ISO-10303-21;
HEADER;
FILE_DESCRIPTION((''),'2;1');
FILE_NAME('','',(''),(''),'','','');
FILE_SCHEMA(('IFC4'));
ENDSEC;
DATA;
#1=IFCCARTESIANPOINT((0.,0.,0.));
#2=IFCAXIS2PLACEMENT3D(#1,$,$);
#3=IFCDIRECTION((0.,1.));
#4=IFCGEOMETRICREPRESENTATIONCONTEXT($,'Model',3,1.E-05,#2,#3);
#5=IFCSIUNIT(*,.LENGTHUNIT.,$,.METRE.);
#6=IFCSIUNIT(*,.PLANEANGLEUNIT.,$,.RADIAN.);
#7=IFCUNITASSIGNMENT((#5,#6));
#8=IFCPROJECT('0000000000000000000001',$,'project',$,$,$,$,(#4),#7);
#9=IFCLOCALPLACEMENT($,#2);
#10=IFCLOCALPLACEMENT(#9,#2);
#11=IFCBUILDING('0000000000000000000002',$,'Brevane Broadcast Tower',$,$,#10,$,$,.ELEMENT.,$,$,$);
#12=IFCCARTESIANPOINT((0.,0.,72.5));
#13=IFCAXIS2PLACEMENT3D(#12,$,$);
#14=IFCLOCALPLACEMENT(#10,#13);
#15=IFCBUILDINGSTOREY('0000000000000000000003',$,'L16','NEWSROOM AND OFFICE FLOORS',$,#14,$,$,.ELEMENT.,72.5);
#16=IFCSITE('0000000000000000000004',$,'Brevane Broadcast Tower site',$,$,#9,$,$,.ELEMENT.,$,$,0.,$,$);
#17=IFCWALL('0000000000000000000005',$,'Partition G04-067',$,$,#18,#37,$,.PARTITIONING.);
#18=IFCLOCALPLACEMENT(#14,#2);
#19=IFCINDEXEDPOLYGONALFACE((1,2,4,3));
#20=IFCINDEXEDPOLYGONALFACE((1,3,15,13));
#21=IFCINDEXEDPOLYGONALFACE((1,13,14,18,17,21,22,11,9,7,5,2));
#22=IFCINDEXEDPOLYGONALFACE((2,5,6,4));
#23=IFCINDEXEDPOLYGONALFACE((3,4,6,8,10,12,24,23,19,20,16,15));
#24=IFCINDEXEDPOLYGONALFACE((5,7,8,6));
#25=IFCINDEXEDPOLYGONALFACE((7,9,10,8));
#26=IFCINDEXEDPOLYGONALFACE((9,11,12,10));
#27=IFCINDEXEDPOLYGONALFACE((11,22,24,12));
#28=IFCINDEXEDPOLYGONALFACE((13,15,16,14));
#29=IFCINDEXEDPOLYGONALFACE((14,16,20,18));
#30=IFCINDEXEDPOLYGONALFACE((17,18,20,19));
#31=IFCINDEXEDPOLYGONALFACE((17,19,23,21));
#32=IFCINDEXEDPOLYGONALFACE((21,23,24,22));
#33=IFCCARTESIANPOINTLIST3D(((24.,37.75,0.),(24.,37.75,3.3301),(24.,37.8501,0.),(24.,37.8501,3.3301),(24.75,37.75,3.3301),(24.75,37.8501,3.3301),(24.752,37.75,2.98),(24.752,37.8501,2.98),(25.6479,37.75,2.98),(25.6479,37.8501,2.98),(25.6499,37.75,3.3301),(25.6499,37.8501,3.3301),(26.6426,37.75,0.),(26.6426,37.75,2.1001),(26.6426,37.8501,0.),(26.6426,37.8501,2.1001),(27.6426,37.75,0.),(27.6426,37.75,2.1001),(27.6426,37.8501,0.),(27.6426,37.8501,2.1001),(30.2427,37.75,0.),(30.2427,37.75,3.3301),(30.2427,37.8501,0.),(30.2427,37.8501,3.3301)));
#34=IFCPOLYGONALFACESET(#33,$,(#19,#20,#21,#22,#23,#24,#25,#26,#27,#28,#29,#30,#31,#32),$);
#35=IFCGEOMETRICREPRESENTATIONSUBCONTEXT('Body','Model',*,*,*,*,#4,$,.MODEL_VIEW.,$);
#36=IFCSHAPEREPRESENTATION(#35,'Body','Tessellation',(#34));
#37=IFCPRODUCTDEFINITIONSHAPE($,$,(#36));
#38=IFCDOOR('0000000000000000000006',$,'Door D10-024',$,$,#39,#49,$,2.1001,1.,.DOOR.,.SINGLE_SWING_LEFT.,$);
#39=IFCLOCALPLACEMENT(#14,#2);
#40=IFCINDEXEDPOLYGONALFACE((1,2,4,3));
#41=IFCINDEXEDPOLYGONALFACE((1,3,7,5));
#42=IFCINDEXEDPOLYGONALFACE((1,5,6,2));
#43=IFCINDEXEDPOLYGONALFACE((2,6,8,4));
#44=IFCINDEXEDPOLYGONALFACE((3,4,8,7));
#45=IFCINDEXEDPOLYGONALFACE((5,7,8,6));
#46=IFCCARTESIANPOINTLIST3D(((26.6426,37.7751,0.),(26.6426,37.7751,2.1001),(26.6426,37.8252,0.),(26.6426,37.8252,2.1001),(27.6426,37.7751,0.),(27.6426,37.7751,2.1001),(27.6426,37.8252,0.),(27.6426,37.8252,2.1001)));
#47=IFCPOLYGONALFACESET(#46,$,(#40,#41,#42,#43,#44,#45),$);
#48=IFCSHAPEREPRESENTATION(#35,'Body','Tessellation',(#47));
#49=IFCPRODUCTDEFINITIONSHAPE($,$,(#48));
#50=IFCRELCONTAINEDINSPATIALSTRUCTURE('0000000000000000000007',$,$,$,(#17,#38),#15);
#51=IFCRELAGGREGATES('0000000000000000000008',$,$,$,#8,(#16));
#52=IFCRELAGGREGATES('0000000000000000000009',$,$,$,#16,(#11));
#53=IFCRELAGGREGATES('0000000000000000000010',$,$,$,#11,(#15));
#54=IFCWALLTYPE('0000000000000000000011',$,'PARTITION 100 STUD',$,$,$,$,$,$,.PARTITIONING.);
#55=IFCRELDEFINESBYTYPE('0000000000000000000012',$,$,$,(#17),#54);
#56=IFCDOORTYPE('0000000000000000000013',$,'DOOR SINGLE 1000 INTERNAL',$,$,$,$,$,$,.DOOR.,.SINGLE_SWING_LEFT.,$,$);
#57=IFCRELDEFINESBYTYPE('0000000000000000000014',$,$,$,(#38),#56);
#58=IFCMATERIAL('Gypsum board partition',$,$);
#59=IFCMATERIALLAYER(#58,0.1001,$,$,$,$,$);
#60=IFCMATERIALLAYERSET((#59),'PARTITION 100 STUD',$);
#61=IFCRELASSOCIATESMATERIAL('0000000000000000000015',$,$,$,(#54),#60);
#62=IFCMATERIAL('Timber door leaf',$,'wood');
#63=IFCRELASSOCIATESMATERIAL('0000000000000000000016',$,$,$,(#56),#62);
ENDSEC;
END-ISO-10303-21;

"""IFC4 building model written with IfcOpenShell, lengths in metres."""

from ifc_helpers import new_model, si_unit, direction, frame, frame_2d, origin, place, context, subcontext, project, spatial, polyline, rectangle, outline, extrude, material, layer, layer_set, type_object, element, fill, save


model = new_model("IFC4")

# Units and contexts
model_context = context("Model", 3, precision=1e-05, world=origin(), true_north=direction((0.0, 1.0)))
body_context = subcontext(model_context, "Body", "Model", "MODEL_VIEW")
ifc_project = project(units=[si_unit("LENGTHUNIT", "METRE"), si_unit("PLANEANGLEUNIT", "RADIAN")], contexts=[model_context])

# Site, building, storey
site_placement = place(None, origin())
site = spatial("IfcSite", under=ifc_project, at=site_placement, Name="Brevane Broadcast Tower site", CompositionType="ELEMENT", RefElevation=0.0)
building_placement = place(site_placement, origin())
building = spatial("IfcBuilding", under=site, at=building_placement, Name="Brevane Broadcast Tower", CompositionType="ELEMENT")
storey_placement = place(building_placement, frame((0.0, 0.0, 72.5)))
storey = spatial("IfcBuildingStorey", under=building, at=storey_placement, Name="L16", Description="NEWSROOM AND OFFICE FLOORS", CompositionType="ELEMENT", Elevation=72.5)

# Shared definitions
ifc_material_1 = material(Name="Gypsum board partition")
ifc_layer = layer(ifc_material_1, 0.1001)
ifc_layer_set = layer_set([ifc_layer], Name="PARTITION 100 STUD")
wall_type = type_object("IfcWallType", Name="PARTITION 100 STUD", PredefinedType="PARTITIONING", material=ifc_layer_set)

# Wall, opening, door
wall_1_placement = place(storey_placement, frame((30.2427, 37.8, 0.0), z_axis=(0.0, 0.0, 1.0), x_axis=(-1.0, 0.0, 0.0)))
wall_1 = element("IfcWall", 1, at=wall_1_placement, inside=storey, type_object=wall_type, Name="Partition G04-067", PredefinedType="PARTITIONING", context=body_context, shape_type="SweptSolid", body=[
    extrude(outline(polyline([(0.0, 0.0), (6.2427, 0.0), (6.2427, 3.3301), (5.4927, 3.3301), (5.4907, 2.98), (4.5947, 2.98), (4.5928, 3.3301), (0.0, 3.3301), (0.0, 0.0)])), frame((0.0, 0.05, 0.0), z_axis=(0.0, -1.0, 0.0), x_axis=(1.0, 0.0, 0.0)), (0.0, 0.0, 1.0), 0.1001),
])
opening_placement = place(wall_1_placement, frame((2.6001, 0.0, 0.0)))
opening = element("IfcOpeningElement", 2, at=opening_placement, cuts=wall_1, PredefinedType="OPENING", context=body_context, shape_type="SweptSolid", body=[
    extrude(rectangle(XDim=1.0, YDim=2.1001, at=frame_2d((0.5, 1.05))), frame((0.0, 0.0601, 0.0), z_axis=(0.0, -1.0, 0.0), x_axis=(1.0, 0.0, 0.0)), (0.0, 0.0, 1.0), 0.1201),
])
ifc_material_2 = material(Name="Timber door leaf", Category="wood")
door_type = type_object("IfcDoorType", Name="DOOR SINGLE 1000 INTERNAL", OperationType="SINGLE_SWING_LEFT", PredefinedType="DOOR", material=ifc_material_2)
door_placement = place(opening_placement, origin())
door = element("IfcDoor", 3, at=door_placement, inside=storey, type_object=door_type, Name="Door D10-024", OperationType="SINGLE_SWING_LEFT", OverallHeight=2.1001, OverallWidth=1.0, PredefinedType="DOOR", context=body_context, shape_type="SweptSolid", body=[
    extrude(rectangle(XDim=1.0, YDim=2.1001, at=frame_2d((0.5, 1.05))), frame((0.0, 0.0249, 0.0), z_axis=(0.0, -1.0, 0.0), x_axis=(1.0, 0.0, 0.0)), (0.0, 0.0, 1.0), 0.05),
])
fill(opening, door)

save(model, "model.ifc")
